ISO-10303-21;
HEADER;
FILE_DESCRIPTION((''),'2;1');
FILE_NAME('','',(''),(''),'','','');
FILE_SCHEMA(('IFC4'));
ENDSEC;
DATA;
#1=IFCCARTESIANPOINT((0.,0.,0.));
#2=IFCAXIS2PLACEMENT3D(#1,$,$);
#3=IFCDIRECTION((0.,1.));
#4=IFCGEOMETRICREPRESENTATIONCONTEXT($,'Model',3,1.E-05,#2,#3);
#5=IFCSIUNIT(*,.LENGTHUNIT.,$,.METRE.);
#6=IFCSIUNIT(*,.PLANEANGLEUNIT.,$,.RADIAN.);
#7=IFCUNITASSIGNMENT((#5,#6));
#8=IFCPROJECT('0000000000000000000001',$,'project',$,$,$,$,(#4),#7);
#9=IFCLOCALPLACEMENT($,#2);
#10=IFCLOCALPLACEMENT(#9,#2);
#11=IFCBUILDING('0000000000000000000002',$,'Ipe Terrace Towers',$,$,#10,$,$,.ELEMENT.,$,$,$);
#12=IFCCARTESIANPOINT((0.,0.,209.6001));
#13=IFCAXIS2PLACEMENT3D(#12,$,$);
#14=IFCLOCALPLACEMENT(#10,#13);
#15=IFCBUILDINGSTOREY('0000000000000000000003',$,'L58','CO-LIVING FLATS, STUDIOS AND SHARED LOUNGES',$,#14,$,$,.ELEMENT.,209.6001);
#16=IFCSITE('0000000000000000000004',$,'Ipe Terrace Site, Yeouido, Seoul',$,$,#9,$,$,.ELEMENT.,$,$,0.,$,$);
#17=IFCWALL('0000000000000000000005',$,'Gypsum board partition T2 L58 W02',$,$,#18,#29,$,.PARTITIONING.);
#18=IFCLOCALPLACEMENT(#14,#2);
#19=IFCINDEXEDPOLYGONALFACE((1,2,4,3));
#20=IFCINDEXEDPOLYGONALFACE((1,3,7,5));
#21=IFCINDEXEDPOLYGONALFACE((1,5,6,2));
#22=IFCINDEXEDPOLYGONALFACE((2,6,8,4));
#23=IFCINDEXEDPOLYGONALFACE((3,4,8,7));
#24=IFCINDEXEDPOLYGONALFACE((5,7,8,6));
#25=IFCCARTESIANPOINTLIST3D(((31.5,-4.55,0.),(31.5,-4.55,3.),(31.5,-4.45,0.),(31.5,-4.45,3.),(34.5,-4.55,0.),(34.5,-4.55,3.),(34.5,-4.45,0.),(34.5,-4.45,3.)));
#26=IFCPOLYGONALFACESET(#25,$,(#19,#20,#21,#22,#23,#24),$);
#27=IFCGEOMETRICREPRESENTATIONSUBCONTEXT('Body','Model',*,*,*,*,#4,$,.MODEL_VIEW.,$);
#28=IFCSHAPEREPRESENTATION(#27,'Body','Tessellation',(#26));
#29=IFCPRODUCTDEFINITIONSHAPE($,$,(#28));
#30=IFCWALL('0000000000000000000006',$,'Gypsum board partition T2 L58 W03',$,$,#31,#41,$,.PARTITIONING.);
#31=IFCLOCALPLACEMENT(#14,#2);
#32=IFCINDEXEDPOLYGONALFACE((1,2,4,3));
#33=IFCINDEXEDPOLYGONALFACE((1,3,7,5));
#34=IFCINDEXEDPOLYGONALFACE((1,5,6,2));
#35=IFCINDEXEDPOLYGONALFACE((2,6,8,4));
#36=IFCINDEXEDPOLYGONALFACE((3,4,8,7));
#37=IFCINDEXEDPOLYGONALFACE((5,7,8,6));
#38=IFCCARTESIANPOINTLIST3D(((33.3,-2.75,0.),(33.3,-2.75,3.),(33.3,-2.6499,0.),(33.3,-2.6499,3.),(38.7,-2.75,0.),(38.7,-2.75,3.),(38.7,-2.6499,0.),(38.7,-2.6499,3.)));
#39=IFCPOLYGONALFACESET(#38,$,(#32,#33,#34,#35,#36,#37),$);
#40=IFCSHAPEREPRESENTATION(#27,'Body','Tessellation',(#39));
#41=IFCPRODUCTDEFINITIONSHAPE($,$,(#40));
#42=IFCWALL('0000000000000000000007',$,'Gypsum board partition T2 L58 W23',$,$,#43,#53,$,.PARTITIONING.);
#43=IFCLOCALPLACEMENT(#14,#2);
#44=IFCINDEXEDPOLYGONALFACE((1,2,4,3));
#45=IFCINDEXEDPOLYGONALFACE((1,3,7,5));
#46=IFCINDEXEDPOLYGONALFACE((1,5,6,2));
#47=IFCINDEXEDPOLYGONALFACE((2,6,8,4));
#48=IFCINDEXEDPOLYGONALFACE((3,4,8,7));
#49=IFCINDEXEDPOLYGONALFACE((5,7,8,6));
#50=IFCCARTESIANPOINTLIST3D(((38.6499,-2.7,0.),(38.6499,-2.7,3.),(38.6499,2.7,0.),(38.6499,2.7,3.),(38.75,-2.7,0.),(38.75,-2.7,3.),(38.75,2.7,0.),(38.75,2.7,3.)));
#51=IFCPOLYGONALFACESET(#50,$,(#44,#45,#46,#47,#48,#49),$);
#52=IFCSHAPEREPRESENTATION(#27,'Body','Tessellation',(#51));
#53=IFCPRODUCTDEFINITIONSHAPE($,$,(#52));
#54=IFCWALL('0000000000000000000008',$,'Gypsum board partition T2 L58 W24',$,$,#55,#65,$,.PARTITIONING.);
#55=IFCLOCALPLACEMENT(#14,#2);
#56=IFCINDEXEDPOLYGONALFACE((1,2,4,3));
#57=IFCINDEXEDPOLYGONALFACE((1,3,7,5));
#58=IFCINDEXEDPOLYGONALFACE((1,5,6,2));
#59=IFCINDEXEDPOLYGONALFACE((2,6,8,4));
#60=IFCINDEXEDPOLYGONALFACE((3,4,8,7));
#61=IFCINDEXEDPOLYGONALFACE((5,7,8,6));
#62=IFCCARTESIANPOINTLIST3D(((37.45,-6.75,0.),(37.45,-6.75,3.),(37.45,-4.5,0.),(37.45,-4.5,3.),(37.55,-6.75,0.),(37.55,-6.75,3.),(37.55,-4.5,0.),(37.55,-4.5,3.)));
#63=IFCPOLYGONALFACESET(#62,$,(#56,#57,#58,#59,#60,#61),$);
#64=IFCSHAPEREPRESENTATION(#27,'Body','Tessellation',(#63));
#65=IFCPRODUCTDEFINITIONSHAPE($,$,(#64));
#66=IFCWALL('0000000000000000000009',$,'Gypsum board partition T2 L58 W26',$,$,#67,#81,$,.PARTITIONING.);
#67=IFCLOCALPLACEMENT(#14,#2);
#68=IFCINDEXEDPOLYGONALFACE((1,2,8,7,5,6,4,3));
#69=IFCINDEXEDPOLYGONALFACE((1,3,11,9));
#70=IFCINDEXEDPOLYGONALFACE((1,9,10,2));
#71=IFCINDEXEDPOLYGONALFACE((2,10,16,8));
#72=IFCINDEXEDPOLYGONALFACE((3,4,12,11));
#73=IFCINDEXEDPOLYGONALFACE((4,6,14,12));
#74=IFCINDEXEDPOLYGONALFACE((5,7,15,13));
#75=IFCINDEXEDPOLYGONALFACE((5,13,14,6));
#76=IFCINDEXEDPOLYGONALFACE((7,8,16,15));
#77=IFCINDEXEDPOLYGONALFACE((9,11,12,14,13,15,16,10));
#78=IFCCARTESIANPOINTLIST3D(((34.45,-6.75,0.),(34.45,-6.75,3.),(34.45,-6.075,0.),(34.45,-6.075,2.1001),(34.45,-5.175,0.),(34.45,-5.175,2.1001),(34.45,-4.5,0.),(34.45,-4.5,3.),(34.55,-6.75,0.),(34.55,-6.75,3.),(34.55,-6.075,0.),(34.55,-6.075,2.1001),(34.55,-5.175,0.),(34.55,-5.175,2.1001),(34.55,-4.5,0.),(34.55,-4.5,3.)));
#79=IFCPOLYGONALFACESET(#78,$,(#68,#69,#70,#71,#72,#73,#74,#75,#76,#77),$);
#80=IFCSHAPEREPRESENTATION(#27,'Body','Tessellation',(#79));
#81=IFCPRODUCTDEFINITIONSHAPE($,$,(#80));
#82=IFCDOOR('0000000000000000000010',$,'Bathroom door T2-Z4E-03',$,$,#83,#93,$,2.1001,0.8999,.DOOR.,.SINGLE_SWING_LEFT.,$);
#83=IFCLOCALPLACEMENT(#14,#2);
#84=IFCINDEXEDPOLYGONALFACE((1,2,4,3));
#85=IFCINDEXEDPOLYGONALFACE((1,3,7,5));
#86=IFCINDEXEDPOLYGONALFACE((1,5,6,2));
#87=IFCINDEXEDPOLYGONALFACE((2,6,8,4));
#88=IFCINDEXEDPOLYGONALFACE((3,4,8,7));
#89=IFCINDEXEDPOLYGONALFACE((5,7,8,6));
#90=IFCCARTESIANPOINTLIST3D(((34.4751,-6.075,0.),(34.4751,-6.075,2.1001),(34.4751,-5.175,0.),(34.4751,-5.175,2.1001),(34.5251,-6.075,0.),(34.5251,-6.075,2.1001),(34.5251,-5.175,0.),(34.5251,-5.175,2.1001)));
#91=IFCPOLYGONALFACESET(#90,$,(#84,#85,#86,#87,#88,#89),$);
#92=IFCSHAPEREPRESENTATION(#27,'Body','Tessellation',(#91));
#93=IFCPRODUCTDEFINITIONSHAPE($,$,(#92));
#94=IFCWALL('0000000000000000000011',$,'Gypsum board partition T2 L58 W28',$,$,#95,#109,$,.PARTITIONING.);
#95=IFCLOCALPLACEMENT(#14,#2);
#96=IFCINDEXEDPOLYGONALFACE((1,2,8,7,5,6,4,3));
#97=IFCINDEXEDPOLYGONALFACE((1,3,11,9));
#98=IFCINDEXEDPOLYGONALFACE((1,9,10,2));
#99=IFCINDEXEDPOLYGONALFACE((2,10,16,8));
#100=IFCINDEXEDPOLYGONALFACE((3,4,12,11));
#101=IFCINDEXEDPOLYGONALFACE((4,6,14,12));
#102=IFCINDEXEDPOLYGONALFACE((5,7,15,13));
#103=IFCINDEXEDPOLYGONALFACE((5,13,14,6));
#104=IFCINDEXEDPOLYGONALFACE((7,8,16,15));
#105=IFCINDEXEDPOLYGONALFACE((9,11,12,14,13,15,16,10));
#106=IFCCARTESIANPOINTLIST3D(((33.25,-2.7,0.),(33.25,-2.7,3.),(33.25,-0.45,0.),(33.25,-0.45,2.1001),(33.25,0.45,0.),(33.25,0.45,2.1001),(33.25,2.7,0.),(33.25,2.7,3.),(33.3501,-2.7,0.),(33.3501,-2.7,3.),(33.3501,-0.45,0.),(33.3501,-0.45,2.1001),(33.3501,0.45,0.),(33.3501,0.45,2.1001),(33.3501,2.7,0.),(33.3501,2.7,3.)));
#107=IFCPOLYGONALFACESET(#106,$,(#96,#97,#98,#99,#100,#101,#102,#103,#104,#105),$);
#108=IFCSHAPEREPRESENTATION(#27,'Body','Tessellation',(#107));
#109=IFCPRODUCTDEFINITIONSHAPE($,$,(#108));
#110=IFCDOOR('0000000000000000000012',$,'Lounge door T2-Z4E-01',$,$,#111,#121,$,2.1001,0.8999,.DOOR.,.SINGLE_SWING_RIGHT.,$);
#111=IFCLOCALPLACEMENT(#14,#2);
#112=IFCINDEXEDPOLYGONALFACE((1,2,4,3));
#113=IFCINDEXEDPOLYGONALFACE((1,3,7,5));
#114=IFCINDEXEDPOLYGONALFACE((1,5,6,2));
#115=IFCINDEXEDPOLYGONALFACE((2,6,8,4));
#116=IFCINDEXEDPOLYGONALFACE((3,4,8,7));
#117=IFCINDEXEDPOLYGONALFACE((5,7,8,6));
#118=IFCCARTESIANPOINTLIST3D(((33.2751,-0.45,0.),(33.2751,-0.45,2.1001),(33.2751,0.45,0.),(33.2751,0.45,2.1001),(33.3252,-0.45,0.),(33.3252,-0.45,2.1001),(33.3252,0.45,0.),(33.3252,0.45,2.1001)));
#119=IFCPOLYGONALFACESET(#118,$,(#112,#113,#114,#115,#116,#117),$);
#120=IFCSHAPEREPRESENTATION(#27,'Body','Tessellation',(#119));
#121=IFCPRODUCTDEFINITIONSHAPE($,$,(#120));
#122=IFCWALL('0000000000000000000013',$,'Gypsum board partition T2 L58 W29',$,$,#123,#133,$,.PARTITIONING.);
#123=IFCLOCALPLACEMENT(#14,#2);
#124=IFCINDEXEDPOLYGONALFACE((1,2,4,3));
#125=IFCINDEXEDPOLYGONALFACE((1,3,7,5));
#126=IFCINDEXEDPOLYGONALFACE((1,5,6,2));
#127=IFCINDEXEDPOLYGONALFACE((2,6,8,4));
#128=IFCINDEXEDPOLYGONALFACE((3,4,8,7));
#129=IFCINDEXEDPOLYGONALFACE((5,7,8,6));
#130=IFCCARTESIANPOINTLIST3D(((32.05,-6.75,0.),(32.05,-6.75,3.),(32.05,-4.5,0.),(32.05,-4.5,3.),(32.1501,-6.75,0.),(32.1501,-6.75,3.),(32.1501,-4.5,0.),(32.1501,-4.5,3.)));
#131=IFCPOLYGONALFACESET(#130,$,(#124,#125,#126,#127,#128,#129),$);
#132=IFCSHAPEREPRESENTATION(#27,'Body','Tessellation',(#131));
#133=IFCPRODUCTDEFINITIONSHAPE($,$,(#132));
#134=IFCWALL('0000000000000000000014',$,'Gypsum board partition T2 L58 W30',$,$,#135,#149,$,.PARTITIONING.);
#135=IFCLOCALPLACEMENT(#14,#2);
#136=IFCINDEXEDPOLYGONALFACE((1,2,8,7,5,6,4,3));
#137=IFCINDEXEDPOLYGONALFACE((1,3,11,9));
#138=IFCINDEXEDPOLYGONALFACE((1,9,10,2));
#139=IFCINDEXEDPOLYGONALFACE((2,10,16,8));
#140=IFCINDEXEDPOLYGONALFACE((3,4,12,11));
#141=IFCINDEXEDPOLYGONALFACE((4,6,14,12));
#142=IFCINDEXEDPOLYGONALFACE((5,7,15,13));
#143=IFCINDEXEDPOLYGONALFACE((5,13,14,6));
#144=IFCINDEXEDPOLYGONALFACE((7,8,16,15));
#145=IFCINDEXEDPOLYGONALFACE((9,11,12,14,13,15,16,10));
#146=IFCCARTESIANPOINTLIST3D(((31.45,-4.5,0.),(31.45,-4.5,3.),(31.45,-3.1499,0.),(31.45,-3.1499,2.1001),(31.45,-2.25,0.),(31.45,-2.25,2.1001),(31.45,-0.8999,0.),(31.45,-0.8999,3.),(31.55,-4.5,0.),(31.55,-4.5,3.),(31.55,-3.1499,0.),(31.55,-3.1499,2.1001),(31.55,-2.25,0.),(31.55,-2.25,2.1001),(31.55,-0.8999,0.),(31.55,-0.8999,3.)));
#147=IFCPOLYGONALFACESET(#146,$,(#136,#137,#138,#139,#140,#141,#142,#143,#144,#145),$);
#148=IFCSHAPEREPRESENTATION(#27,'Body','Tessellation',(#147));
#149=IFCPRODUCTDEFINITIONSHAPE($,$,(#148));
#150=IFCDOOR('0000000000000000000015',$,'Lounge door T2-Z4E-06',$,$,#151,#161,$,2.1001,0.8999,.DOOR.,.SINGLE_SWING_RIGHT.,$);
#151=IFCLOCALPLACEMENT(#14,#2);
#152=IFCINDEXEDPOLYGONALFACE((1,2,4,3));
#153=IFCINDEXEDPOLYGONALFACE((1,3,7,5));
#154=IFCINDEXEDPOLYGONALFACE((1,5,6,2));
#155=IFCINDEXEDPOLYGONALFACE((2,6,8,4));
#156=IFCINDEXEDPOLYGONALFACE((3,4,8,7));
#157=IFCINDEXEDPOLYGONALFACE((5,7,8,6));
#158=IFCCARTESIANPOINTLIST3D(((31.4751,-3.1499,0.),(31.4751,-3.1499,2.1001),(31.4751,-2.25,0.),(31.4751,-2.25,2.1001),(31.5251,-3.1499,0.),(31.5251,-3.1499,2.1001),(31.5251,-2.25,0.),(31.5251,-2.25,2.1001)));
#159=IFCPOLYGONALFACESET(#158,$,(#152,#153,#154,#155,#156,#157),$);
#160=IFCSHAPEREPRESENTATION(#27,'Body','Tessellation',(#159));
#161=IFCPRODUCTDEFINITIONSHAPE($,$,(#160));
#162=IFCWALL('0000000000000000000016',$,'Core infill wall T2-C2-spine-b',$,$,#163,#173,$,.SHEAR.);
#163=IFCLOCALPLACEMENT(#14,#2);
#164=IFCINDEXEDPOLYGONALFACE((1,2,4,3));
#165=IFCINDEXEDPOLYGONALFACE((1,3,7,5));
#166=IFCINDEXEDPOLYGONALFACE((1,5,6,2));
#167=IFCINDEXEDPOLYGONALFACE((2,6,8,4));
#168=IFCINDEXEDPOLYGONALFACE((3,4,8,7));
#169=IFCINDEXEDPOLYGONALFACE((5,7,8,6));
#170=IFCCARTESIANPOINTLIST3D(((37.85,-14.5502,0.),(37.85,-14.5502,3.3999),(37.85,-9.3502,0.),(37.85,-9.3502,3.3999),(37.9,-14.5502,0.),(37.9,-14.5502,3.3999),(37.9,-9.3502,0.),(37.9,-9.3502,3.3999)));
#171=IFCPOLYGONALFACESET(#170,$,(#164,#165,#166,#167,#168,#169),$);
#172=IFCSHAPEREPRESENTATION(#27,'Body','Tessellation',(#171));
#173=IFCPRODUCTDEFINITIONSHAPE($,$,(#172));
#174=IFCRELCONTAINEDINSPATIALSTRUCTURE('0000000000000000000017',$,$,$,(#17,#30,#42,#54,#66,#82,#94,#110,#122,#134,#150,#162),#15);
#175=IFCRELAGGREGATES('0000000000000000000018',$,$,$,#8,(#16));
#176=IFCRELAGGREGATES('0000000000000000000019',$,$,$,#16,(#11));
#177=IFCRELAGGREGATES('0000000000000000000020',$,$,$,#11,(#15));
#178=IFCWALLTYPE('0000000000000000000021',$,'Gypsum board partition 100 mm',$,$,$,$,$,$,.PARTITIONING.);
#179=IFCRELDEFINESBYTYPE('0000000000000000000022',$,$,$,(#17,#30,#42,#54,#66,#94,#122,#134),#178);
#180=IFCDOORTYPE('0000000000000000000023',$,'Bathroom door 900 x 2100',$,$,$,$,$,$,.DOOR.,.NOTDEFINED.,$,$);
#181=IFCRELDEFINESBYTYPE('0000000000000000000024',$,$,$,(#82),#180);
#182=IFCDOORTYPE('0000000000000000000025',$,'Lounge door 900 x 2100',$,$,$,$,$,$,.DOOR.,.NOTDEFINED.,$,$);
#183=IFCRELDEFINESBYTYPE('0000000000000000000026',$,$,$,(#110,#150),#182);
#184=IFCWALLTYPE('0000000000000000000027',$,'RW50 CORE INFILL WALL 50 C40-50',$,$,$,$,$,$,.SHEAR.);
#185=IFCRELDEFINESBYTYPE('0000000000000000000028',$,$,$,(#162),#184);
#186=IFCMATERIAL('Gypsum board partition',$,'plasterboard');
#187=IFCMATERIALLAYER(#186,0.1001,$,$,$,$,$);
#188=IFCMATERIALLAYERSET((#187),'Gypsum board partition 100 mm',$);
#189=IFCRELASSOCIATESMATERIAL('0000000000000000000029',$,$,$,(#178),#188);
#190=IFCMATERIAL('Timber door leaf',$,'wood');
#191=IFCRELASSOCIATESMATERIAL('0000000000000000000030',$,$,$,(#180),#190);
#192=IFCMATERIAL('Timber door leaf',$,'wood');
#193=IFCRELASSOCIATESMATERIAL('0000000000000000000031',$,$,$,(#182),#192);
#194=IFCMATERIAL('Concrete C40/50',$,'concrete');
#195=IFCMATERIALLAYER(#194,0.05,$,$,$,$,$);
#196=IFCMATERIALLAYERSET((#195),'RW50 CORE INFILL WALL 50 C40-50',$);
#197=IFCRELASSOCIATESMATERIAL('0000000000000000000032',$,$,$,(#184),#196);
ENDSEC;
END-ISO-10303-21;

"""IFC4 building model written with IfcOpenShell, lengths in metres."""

from ifc_helpers import new_model, si_unit, direction, frame, frame_2d, origin, place, context, subcontext, project, spatial, rectangle, extrude, material, layer, layer_set, type_object, element, fill, save


model = new_model("IFC4")

# Units and contexts
model_context = context("Model", 3, precision=1e-05, world=origin(), true_north=direction((0.0, 1.0)))
body_context = subcontext(model_context, "Body", "Model", "MODEL_VIEW")
ifc_project = project(units=[si_unit("LENGTHUNIT", "METRE"), si_unit("PLANEANGLEUNIT", "RADIAN")], contexts=[model_context])

# Site, building, storey
site_placement = place(None, origin())
site = spatial("IfcSite", under=ifc_project, at=site_placement, Name="Ipe Terrace Site, Yeouido, Seoul", CompositionType="ELEMENT", RefElevation=0.0)
building_placement = place(site_placement, origin())
building = spatial("IfcBuilding", under=site, at=building_placement, Name="Ipe Terrace Towers", CompositionType="ELEMENT")
storey_placement = place(building_placement, frame((0.0, 0.0, 209.6001)))
storey = spatial("IfcBuildingStorey", under=building, at=storey_placement, Name="L58", Description="CO-LIVING FLATS, STUDIOS AND SHARED LOUNGES", CompositionType="ELEMENT", Elevation=209.6001)

# Walls
ifc_material_1 = material(Name="Gypsum board partition", Category="plasterboard")
ifc_layer_1 = layer(ifc_material_1, 0.1001)
ifc_layer_set_1 = layer_set([ifc_layer_1], Name="Gypsum board partition 100 mm")
wall_type_1 = type_object("IfcWallType", Name="Gypsum board partition 100 mm", PredefinedType="PARTITIONING", material=ifc_layer_set_1)
wall_1_placement = place(storey_placement, frame((34.5, -4.5, 0.0), z_axis=(0.0, 0.0, 1.0), x_axis=(-1.0, 0.0, 0.0)))
element("IfcWall", 1, at=wall_1_placement, inside=storey, type_object=wall_type_1, Name="Gypsum board partition T2 L58 W02", PredefinedType="PARTITIONING", context=body_context, shape_type="SweptSolid", body=[
    extrude(rectangle(XDim=3.0, YDim=0.1001, at=frame_2d((1.5, 0.0))), origin(), (0.0, 0.0, 1.0), 3.0),
])
for number, where, z_axis, x_axis, name in (
    (2, (38.7, -2.7, 0.0), (0.0, 0.0, 1.0), (-1.0, 0.0, 0.0), "Gypsum board partition T2 L58 W03"),
    (3, (38.7, -2.7, 0.0), (0.0, 0.0, 1.0), (0.0, 1.0, 0.0), "Gypsum board partition T2 L58 W23"),
):
    element("IfcWall", number, at=place(storey_placement, frame(where, z_axis=z_axis, x_axis=x_axis)), inside=storey, type_object=wall_type_1, Name=name, PredefinedType="PARTITIONING", context=body_context, shape_type="SweptSolid", body=[
        extrude(rectangle(XDim=5.3999, YDim=0.1001, at=frame_2d((2.7, 0.0))), origin(), (0.0, 0.0, 1.0), 3.0),
    ])
wall_2_placement = place(storey_placement, frame((37.5, -6.75, 0.0), z_axis=(0.0, 0.0, 1.0), x_axis=(0.0, 1.0, 0.0)))
element("IfcWall", 4, at=wall_2_placement, inside=storey, type_object=wall_type_1, Name="Gypsum board partition T2 L58 W24", PredefinedType="PARTITIONING", context=body_context, shape_type="SweptSolid", body=[
    extrude(rectangle(XDim=2.25, YDim=0.1001, at=frame_2d((1.125, 0.0))), origin(), (0.0, 0.0, 1.0), 3.0),
])

# Walls, openings, doors
wall_3_placement = place(storey_placement, frame((34.5, -6.75, 0.0), z_axis=(0.0, 0.0, 1.0), x_axis=(0.0, 1.0, 0.0)))
wall_3 = element("IfcWall", 5, at=wall_3_placement, inside=storey, type_object=wall_type_1, Name="Gypsum board partition T2 L58 W26", PredefinedType="PARTITIONING", context=body_context, shape_type="SweptSolid", body=[
    extrude(rectangle(XDim=2.25, YDim=0.1001, at=frame_2d((1.125, 0.0))), origin(), (0.0, 0.0, 1.0), 3.0),
])
opening_1_placement = place(wall_3_placement, frame((0.675, 0.0, 0.0)))
opening_1 = element("IfcOpeningElement", 6, at=opening_1_placement, cuts=wall_3, PredefinedType="OPENING", context=body_context, shape_type="SweptSolid", body=[
    extrude(rectangle(XDim=0.8999, YDim=2.1001, at=frame_2d((0.45, 1.05))), frame((0.0, 0.0601, 0.0), z_axis=(0.0, -1.0, 0.0), x_axis=(1.0, 0.0, 0.0)), (0.0, 0.0, 1.0), 0.1201),
])
ifc_material_2 = material(Name="Timber door leaf", Category="wood")
door_type_1 = type_object("IfcDoorType", Name="Bathroom door 900 x 2100", OperationType="NOTDEFINED", PredefinedType="DOOR", material=ifc_material_2)
door_1_placement = place(opening_1_placement, origin())
door_1 = element("IfcDoor", 7, at=door_1_placement, inside=storey, type_object=door_type_1, Name="Bathroom door T2-Z4E-03", OperationType="SINGLE_SWING_LEFT", OverallHeight=2.1001, OverallWidth=0.8999, PredefinedType="DOOR", context=body_context, shape_type="SweptSolid", body=[
    extrude(rectangle(XDim=0.8999, YDim=2.1001, at=frame_2d((0.45, 1.05))), frame((0.0, 0.0249, 0.0), z_axis=(0.0, -1.0, 0.0), x_axis=(1.0, 0.0, 0.0)), (0.0, 0.0, 1.0), 0.05),
])
fill(opening_1, door_1)
wall_4_placement = place(storey_placement, frame((33.3, -2.7, 0.0), z_axis=(0.0, 0.0, 1.0), x_axis=(0.0, 1.0, 0.0)))
wall_4 = element("IfcWall", 8, at=wall_4_placement, inside=storey, type_object=wall_type_1, Name="Gypsum board partition T2 L58 W28", PredefinedType="PARTITIONING", context=body_context, shape_type="SweptSolid", body=[
    extrude(rectangle(XDim=5.3999, YDim=0.1001, at=frame_2d((2.7, 0.0))), origin(), (0.0, 0.0, 1.0), 3.0),
])
opening_2_placement = place(wall_4_placement, frame((2.25, 0.0, 0.0)))
opening_2 = element("IfcOpeningElement", 9, at=opening_2_placement, cuts=wall_4, PredefinedType="OPENING", context=body_context, shape_type="SweptSolid", body=[
    extrude(rectangle(XDim=0.8999, YDim=2.1001, at=frame_2d((0.45, 1.05))), frame((0.0, 0.0601, 0.0), z_axis=(0.0, -1.0, 0.0), x_axis=(1.0, 0.0, 0.0)), (0.0, 0.0, 1.0), 0.1201),
])
ifc_material_3 = material(Name="Timber door leaf", Category="wood")
door_type_2 = type_object("IfcDoorType", Name="Lounge door 900 x 2100", OperationType="NOTDEFINED", PredefinedType="DOOR", material=ifc_material_3)
door_2_placement = place(opening_2_placement, origin())
door_2 = element("IfcDoor", 10, at=door_2_placement, inside=storey, type_object=door_type_2, Name="Lounge door T2-Z4E-01", OperationType="SINGLE_SWING_RIGHT", OverallHeight=2.1001, OverallWidth=0.8999, PredefinedType="DOOR", context=body_context, shape_type="SweptSolid", body=[
    extrude(rectangle(XDim=0.8999, YDim=2.1001, at=frame_2d((0.45, 1.05))), frame((0.0, 0.0249, 0.0), z_axis=(0.0, -1.0, 0.0), x_axis=(1.0, 0.0, 0.0)), (0.0, 0.0, 1.0), 0.05),
])
fill(opening_2, door_2)

# Wall
wall_5_placement = place(storey_placement, frame((32.1001, -6.75, 0.0), z_axis=(0.0, 0.0, 1.0), x_axis=(0.0, 1.0, 0.0)))
element("IfcWall", 11, at=wall_5_placement, inside=storey, type_object=wall_type_1, Name="Gypsum board partition T2 L58 W29", PredefinedType="PARTITIONING", context=body_context, shape_type="SweptSolid", body=[
    extrude(rectangle(XDim=2.25, YDim=0.1001, at=frame_2d((1.125, 0.0))), origin(), (0.0, 0.0, 1.0), 3.0),
])

# Wall, opening, door
wall_6_placement = place(storey_placement, frame((31.5, -4.5, 0.0), z_axis=(0.0, 0.0, 1.0), x_axis=(0.0, 1.0, 0.0)))
wall_6 = element("IfcWall", 12, at=wall_6_placement, inside=storey, type_object=wall_type_1, Name="Gypsum board partition T2 L58 W30", PredefinedType="PARTITIONING", context=body_context, shape_type="SweptSolid", body=[
    extrude(rectangle(XDim=3.6001, YDim=0.1001, at=frame_2d((1.8, 0.0))), origin(), (0.0, 0.0, 1.0), 3.0),
])
opening_3_placement = place(wall_6_placement, frame((1.3501, 0.0, 0.0)))
opening_3 = element("IfcOpeningElement", 13, at=opening_3_placement, cuts=wall_6, PredefinedType="OPENING", context=body_context, shape_type="SweptSolid", body=[
    extrude(rectangle(XDim=0.8999, YDim=2.1001, at=frame_2d((0.45, 1.05))), frame((0.0, 0.0601, 0.0), z_axis=(0.0, -1.0, 0.0), x_axis=(1.0, 0.0, 0.0)), (0.0, 0.0, 1.0), 0.1201),
])
door_3_placement = place(opening_3_placement, origin())
door_3 = element("IfcDoor", 14, at=door_3_placement, inside=storey, type_object=door_type_2, Name="Lounge door T2-Z4E-06", OperationType="SINGLE_SWING_RIGHT", OverallHeight=2.1001, OverallWidth=0.8999, PredefinedType="DOOR", context=body_context, shape_type="SweptSolid", body=[
    extrude(rectangle(XDim=0.8999, YDim=2.1001, at=frame_2d((0.45, 1.05))), frame((0.0, 0.0249, 0.0), z_axis=(0.0, -1.0, 0.0), x_axis=(1.0, 0.0, 0.0)), (0.0, 0.0, 1.0), 0.05),
])
fill(opening_3, door_3)

# Wall
ifc_material_4 = material(Name="Concrete C40/50", Category="concrete")
ifc_layer_2 = layer(ifc_material_4, 0.05)
ifc_layer_set_2 = layer_set([ifc_layer_2], Name="RW50 CORE INFILL WALL 50 C40-50")
wall_type_2 = type_object("IfcWallType", Name="RW50 CORE INFILL WALL 50 C40-50", PredefinedType="SHEAR", material=ifc_layer_set_2)
wall_7_placement = place(storey_placement, frame((37.875, -9.3501, 0.0), z_axis=(0.0, 0.0, 1.0), x_axis=(0.0, -1.0, 0.0)))
element("IfcWall", 15, at=wall_7_placement, inside=storey, type_object=wall_type_2, Name="Core infill wall T2-C2-spine-b", PredefinedType="SHEAR", context=body_context, shape_type="SweptSolid", body=[
    extrude(rectangle(XDim=5.2, YDim=0.05, at=frame_2d((2.6001, 0.0))), origin(), (0.0, 0.0, 1.0), 3.3999),
])

save(model, "model.ifc")
